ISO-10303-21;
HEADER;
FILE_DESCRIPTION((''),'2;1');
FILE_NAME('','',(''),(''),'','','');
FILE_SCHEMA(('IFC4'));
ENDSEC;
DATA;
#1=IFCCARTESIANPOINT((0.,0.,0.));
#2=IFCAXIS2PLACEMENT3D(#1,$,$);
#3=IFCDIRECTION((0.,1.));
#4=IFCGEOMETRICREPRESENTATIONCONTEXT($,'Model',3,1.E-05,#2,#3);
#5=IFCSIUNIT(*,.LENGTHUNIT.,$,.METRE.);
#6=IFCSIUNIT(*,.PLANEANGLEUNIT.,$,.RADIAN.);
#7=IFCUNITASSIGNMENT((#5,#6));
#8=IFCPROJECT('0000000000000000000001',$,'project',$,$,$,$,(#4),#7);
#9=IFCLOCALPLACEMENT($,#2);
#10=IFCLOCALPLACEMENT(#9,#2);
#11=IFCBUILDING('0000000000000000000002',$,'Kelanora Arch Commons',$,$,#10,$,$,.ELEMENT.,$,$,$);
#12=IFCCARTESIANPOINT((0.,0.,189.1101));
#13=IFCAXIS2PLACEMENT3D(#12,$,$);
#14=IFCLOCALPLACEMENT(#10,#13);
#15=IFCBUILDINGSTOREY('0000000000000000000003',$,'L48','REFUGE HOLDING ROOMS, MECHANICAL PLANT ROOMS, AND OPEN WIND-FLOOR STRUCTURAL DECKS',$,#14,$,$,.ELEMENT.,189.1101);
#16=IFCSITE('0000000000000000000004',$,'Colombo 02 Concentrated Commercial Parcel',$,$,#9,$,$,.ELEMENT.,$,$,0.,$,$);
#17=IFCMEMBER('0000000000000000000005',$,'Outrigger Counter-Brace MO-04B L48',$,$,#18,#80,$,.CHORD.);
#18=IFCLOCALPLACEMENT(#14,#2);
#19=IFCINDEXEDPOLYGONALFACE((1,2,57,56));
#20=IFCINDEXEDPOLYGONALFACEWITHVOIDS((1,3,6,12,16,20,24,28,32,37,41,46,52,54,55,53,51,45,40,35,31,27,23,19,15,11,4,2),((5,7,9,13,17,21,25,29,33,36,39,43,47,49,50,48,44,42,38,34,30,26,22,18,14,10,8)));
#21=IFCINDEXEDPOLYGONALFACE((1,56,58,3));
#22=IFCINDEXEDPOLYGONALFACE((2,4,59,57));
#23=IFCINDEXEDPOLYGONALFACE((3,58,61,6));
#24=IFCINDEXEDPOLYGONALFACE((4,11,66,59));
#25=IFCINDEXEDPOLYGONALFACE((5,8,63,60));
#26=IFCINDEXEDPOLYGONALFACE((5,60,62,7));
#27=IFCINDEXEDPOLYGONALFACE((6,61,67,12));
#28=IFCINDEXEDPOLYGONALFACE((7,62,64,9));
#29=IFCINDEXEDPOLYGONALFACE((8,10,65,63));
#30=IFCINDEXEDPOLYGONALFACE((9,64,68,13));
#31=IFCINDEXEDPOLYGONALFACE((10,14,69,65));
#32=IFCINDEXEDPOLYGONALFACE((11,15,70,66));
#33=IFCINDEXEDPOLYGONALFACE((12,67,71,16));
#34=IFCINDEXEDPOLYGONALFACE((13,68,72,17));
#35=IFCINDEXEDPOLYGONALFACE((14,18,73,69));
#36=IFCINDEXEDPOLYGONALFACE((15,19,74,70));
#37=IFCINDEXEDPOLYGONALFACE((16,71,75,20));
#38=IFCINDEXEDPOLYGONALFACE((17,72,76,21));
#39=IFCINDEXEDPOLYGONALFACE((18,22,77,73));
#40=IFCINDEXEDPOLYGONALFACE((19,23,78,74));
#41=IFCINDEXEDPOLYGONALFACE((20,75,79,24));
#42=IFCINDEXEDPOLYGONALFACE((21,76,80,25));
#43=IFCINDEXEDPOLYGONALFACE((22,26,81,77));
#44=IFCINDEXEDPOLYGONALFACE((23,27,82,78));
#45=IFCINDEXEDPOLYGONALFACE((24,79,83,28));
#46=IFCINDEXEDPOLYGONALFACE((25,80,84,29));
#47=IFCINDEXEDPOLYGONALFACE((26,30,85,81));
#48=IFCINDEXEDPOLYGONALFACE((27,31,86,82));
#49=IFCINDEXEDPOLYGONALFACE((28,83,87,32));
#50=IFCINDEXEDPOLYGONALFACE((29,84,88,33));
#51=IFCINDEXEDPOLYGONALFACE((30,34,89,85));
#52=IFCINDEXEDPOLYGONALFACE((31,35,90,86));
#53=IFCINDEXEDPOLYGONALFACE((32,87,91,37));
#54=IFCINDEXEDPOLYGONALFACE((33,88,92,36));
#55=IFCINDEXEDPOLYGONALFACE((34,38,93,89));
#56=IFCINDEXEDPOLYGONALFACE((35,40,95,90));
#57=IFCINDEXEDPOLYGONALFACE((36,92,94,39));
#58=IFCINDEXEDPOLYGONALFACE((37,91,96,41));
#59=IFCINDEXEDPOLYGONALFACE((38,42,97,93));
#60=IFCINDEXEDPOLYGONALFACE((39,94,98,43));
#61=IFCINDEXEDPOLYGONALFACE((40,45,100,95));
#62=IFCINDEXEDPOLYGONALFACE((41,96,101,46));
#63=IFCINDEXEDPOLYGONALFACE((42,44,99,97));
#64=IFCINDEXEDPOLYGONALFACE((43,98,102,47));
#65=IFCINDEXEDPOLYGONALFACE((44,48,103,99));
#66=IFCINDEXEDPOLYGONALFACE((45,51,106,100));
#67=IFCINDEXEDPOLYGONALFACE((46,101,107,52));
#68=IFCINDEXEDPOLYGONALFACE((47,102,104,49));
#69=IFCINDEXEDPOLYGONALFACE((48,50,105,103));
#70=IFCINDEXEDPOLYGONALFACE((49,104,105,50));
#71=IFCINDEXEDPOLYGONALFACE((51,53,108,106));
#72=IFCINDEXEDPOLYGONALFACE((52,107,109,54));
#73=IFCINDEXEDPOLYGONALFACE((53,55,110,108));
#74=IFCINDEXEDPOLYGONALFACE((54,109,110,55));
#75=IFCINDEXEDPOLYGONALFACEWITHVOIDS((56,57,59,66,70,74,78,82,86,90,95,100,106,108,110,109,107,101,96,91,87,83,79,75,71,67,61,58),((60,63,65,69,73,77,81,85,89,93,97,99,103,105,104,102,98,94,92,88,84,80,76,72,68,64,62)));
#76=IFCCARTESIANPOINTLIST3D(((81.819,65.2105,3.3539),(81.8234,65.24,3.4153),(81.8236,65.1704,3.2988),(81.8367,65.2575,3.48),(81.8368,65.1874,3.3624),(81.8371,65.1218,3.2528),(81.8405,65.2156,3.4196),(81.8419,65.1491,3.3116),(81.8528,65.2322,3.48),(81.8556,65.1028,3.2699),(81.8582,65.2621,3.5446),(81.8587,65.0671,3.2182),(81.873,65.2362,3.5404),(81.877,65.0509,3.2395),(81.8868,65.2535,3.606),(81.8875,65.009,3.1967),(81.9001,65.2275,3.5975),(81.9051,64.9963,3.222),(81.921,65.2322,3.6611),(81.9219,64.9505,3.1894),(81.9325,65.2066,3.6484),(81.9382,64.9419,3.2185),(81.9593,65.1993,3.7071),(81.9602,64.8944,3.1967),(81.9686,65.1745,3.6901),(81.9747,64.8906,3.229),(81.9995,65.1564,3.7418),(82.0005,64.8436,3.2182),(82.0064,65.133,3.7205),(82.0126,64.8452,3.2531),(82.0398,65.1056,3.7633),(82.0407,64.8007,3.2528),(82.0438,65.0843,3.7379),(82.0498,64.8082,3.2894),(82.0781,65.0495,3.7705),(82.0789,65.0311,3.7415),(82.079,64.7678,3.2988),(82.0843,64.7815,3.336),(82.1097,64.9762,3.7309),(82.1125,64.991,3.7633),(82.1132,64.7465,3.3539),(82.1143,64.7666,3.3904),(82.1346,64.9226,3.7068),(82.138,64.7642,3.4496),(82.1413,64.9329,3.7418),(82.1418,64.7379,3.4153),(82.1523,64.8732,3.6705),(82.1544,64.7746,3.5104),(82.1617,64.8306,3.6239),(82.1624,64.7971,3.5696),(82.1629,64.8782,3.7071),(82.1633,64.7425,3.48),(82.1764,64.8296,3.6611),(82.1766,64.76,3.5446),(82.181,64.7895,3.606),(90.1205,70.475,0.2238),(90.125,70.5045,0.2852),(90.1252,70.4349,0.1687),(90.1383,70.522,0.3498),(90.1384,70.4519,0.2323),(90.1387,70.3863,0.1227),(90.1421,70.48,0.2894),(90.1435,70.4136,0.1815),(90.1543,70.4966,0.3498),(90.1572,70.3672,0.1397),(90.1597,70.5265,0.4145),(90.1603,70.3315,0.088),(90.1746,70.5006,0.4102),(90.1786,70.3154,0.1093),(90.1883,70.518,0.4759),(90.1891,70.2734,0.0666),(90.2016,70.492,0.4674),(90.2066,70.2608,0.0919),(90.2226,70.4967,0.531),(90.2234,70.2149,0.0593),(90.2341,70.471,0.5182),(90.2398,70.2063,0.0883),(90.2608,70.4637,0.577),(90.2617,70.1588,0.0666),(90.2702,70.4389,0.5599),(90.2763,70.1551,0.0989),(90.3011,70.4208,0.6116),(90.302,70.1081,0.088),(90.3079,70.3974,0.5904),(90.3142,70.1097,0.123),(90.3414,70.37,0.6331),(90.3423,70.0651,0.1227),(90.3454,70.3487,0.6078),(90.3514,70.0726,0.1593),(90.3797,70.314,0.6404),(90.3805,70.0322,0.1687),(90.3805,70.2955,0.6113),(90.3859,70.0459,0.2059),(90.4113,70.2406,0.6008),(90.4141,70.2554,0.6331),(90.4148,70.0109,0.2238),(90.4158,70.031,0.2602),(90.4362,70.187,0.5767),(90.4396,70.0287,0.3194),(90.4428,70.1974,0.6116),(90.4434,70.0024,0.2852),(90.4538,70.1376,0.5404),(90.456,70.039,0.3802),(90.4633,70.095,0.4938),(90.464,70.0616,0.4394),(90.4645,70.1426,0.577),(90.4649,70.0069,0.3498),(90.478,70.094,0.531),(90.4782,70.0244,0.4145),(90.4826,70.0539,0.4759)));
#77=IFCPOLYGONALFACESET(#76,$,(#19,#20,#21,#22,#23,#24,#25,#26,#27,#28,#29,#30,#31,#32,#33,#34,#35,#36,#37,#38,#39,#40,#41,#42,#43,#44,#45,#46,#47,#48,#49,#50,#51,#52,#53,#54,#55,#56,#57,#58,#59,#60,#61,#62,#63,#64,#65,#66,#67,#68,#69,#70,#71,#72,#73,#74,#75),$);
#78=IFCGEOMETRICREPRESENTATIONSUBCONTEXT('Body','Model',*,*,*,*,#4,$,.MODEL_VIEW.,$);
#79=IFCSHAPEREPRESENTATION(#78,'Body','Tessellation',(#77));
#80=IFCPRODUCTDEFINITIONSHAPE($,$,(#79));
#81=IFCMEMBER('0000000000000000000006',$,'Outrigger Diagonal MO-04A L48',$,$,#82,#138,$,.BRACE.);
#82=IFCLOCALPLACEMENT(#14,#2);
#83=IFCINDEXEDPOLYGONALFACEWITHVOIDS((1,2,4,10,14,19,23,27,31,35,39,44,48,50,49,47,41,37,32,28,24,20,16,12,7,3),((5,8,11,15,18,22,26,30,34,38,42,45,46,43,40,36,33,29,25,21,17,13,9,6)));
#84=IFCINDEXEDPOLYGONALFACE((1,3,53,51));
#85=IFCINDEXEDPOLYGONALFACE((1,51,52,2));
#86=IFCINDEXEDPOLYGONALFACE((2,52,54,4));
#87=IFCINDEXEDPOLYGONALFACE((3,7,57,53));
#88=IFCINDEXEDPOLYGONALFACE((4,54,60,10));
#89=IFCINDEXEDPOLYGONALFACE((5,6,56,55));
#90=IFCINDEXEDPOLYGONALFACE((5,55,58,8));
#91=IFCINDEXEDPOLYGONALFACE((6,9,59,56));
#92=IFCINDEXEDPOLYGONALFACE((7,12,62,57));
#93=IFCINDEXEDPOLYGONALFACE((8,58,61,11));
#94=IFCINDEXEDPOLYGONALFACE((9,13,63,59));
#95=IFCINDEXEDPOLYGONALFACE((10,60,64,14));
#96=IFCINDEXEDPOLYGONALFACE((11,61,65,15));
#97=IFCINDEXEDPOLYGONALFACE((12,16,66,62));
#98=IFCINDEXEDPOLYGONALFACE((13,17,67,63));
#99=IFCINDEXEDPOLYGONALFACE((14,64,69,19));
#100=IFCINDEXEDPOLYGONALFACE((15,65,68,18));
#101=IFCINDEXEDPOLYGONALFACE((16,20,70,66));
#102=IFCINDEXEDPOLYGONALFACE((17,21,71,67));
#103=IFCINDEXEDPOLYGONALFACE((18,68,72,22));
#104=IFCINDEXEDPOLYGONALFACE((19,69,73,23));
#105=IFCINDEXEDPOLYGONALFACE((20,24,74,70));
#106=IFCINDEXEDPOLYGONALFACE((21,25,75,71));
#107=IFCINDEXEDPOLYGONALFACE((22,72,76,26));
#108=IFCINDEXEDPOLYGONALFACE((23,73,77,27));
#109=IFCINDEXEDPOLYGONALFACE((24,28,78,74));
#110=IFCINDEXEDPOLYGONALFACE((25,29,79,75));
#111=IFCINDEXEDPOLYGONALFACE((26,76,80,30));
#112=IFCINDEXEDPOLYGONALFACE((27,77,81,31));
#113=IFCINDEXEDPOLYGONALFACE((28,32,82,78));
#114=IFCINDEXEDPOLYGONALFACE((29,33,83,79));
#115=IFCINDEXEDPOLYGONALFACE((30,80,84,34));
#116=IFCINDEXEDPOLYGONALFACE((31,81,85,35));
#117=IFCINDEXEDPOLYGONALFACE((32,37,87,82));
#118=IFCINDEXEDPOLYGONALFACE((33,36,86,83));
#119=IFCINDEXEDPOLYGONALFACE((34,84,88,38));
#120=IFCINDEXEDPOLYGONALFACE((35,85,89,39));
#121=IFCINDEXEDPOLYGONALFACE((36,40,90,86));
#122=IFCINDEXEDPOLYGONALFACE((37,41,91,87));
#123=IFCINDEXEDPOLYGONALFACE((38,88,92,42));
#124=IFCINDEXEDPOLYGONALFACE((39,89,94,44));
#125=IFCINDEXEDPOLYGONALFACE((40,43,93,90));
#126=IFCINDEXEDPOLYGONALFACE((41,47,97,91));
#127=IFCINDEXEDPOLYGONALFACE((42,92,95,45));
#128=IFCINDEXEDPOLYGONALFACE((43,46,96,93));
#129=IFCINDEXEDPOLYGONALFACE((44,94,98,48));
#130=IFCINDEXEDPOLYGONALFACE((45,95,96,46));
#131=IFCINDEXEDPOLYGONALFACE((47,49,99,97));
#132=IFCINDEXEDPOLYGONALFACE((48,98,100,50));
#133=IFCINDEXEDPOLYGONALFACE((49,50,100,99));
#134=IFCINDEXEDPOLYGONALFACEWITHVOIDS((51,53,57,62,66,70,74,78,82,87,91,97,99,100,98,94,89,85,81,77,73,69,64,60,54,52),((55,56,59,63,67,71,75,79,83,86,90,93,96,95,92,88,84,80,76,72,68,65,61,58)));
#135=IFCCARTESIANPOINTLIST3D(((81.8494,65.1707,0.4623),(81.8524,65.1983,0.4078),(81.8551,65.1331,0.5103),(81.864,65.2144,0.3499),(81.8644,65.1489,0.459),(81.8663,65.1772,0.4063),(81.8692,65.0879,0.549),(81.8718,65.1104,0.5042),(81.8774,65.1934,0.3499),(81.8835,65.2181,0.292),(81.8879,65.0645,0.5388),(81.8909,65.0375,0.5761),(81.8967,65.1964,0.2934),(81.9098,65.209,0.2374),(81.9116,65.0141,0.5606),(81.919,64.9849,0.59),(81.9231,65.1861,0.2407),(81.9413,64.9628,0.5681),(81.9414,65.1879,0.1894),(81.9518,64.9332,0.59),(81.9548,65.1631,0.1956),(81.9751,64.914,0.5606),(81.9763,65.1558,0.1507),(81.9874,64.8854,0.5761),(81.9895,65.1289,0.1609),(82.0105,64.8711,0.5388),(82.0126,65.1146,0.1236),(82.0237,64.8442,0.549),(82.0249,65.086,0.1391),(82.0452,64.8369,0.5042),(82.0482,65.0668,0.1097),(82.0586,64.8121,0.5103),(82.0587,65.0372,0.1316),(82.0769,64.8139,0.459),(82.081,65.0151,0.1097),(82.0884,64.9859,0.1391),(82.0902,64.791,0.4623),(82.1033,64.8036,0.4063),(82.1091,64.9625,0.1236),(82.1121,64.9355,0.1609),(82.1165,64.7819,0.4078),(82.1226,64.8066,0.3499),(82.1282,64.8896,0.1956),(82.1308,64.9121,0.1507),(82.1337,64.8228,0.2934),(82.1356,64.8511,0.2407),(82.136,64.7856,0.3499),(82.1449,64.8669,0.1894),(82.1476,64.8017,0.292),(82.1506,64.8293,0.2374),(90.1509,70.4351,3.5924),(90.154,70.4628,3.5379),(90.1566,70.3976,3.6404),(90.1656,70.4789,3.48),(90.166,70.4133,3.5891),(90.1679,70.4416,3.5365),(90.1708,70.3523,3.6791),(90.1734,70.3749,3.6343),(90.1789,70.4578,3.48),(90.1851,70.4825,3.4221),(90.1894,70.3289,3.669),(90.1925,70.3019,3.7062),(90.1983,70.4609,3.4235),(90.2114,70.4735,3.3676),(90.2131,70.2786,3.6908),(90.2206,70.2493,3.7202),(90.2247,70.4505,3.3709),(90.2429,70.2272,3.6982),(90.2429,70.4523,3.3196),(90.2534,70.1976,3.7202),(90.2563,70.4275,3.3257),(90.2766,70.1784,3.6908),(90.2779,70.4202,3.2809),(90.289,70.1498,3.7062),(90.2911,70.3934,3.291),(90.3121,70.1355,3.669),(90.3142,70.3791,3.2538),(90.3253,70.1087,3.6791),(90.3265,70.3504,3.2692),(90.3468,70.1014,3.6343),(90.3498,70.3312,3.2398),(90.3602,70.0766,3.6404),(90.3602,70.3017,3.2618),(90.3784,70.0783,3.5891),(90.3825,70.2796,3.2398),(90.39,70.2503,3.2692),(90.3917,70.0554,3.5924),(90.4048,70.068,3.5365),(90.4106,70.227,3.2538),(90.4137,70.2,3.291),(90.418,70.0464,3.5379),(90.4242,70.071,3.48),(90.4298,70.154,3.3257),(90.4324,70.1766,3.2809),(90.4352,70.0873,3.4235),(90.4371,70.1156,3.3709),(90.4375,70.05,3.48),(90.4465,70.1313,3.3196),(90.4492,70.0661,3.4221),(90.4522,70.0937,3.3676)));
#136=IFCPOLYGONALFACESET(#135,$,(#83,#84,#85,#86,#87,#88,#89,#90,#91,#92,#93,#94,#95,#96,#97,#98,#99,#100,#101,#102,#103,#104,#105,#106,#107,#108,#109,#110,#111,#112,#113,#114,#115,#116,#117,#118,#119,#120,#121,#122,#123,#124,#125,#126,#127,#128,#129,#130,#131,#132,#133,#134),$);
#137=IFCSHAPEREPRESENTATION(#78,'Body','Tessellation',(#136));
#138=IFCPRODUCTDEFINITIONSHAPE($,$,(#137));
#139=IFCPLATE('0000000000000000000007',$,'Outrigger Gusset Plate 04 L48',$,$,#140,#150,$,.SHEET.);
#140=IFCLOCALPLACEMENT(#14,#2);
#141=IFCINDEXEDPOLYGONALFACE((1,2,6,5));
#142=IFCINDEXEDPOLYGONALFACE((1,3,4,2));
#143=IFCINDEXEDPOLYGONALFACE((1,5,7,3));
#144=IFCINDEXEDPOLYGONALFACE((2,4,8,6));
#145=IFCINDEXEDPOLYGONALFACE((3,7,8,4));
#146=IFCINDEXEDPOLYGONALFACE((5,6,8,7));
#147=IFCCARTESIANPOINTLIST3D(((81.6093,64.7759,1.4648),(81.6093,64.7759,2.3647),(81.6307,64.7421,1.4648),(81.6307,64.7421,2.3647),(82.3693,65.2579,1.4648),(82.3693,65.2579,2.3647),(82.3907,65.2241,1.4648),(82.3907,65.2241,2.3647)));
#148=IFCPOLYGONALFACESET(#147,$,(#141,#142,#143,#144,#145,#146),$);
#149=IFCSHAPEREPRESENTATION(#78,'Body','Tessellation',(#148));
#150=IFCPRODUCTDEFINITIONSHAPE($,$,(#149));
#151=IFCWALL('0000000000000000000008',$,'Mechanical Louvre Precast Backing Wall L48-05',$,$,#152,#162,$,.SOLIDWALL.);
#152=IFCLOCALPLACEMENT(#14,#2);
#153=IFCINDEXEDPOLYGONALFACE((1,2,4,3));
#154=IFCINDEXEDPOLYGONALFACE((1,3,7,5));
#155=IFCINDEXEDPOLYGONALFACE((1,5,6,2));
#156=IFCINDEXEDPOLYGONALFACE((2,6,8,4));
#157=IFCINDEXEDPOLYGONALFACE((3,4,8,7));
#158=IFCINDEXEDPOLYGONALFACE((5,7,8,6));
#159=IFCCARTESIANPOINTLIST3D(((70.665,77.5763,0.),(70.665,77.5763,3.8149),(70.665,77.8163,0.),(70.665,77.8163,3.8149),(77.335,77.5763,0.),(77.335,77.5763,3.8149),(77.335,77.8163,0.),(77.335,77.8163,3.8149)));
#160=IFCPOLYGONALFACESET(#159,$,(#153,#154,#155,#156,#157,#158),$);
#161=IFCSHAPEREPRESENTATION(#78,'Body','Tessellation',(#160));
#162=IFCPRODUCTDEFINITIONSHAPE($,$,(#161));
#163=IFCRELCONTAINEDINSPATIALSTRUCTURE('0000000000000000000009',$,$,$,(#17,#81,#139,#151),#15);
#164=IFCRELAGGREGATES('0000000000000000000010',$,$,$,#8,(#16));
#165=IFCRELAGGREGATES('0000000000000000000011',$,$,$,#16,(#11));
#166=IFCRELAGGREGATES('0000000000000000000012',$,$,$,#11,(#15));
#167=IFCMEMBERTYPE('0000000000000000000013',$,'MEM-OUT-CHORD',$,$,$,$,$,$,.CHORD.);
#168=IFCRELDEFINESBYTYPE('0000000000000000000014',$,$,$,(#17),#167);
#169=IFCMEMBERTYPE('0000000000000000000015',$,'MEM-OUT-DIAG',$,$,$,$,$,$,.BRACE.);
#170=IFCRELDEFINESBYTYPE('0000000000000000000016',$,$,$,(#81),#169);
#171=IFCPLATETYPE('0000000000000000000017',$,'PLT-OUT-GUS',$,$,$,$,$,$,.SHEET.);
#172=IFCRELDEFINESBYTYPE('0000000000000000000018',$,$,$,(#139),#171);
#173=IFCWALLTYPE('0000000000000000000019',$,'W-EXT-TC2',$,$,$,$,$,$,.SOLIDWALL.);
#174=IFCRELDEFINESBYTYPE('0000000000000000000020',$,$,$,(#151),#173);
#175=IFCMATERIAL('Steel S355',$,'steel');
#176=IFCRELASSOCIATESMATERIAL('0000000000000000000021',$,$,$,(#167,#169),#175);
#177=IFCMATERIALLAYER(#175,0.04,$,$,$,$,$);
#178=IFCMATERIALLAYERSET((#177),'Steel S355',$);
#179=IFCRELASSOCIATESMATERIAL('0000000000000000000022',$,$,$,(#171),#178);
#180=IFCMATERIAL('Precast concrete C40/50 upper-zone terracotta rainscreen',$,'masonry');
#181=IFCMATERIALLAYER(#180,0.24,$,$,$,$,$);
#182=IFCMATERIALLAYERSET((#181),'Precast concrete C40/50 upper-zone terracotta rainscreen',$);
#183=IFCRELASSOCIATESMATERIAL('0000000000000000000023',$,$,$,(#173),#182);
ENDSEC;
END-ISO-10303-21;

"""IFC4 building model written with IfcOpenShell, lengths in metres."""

from ifc_helpers import new_model, si_unit, direction, frame, frame_2d, origin, origin_2d, place, context, subcontext, project, spatial, rectangle, hollow_circle, extrude, source, transform, mapped, material, layer, layer_set, material_profile, profile_set, type_object, element, save


model = new_model("IFC4")

# Units and contexts
model_context = context("Model", 3, precision=1e-05, world=origin(), true_north=direction((0.0, 1.0)))
body_context = subcontext(model_context, "Body", "Model", "MODEL_VIEW")
ifc_project = project(units=[si_unit("LENGTHUNIT", "METRE"), si_unit("PLANEANGLEUNIT", "RADIAN")], contexts=[model_context])

# Site, building, storey
site_placement = place(None, origin())
site = spatial("IfcSite", under=ifc_project, at=site_placement, Name="Colombo 02 Concentrated Commercial Parcel", CompositionType="ELEMENT", RefElevation=0.0)
building_placement = place(site_placement, origin())
building = spatial("IfcBuilding", under=site, at=building_placement, Name="Kelanora Arch Commons", CompositionType="ELEMENT")
storey_placement = place(building_placement, frame((0.0, 0.0, 189.1101)))
storey = spatial("IfcBuildingStorey", under=building, at=storey_placement, Name="L48", Description="REFUGE HOLDING ROOMS, MECHANICAL PLANT ROOMS, AND OPEN WIND-FLOOR STRUCTURAL DECKS", CompositionType="ELEMENT", Elevation=189.1101)

# Shared definitions
ifc_material_1 = material(Name="Steel S355", Category="steel")

# Members
ifc_material_profile_1 = material_profile(ifc_material_1, hollow_circle(Radius=0.3049, WallThickness=0.03, at=origin_2d()), Name="CHS610x30")
ifc_profile_set_1 = profile_set([ifc_material_profile_1], Name="Steel S355")
member_type_1 = type_object("IfcMemberType", Name="MEM-OUT-CHORD", PredefinedType="CHORD", material=ifc_profile_set_1)
member_1_placement = place(storey_placement, frame((82.0, 65.0, 3.48), z_axis=(0.804696, 0.510298, -0.303415), x_axis=(-0.535544, 0.844507, 0.0)))
element("IfcMember", 1, at=member_1_placement, inside=storey, type_object=member_type_1, Name="Outrigger Counter-Brace MO-04B L48", PredefinedType="CHORD", context=body_context, shape_type="SweptSolid", body=[
    extrude(hollow_circle(Radius=0.3049, WallThickness=0.03, at=origin_2d()), origin(), (0.0, 0.0, 1.0), 10.3164),
])
ifc_material_profile_2 = material_profile(ifc_material_1, hollow_circle(Radius=0.2539, WallThickness=0.0249, at=origin_2d()), Name="CHS508x25")
ifc_profile_set_2 = profile_set([ifc_material_profile_2], Name="Steel S355")
member_type_2 = type_object("IfcMemberType", Name="MEM-OUT-DIAG", PredefinedType="BRACE", material=ifc_profile_set_2)
member_2_placement = place(storey_placement, frame((82.0, 65.0, 0.3499), z_axis=(0.804696, 0.510298, 0.303415), x_axis=(-0.535544, 0.844507, 0.0)))
element("IfcMember", 2, at=member_2_placement, inside=storey, type_object=member_type_2, Name="Outrigger Diagonal MO-04A L48", PredefinedType="BRACE", context=body_context, shape_type="SweptSolid", body=[
    extrude(hollow_circle(Radius=0.2539, WallThickness=0.0249, at=origin_2d()), origin(), (0.0, 0.0, 1.0), 10.3164),
])

# Plate
ifc_layer_1 = layer(ifc_material_1, 0.04)
ifc_layer_set_1 = layer_set([ifc_layer_1], Name="Steel S355")
plate_type = type_object("IfcPlateType", Name="PLT-OUT-GUS", PredefinedType="SHEET", material=ifc_layer_set_1)
shared_shape_1 = source(origin(), body_context, "Body", "SweptSolid", [
    extrude(rectangle(XDim=0.8999, YDim=0.04, at=origin_2d()), origin(), (0.0, 0.0, 1.0), 0.8999),
])
plate_placement = place(storey_placement, frame((82.0, 65.0, 1.4648), z_axis=(0.0, 0.0, 1.0), x_axis=(0.844504, 0.535549, 0.0)))
element("IfcPlate", 3, at=plate_placement, inside=storey, type_object=plate_type, Name="Outrigger Gusset Plate 04 L48", PredefinedType="SHEET", context=body_context, shape_type="MappedRepresentation", body=[
    mapped(shared_shape_1, transform((0.0, 0.0, 0.0), scale=1.0)),
])

# Wall
ifc_material_2 = material(Name="Precast concrete C40/50 upper-zone terracotta rainscreen", Category="masonry")
ifc_layer_2 = layer(ifc_material_2, 0.24)
ifc_layer_set_2 = layer_set([ifc_layer_2], Name="Precast concrete C40/50 upper-zone terracotta rainscreen")
wall_type = type_object("IfcWallType", Name="W-EXT-TC2", PredefinedType="SOLIDWALL", material=ifc_layer_set_2)
wall_placement = place(storey_placement, frame((77.335, 77.6963, 0.0), z_axis=(0.0, 0.0, 1.0), x_axis=(-1.0, 0.0, 0.0)))
element("IfcWall", 4, at=wall_placement, inside=storey, type_object=wall_type, Name="Mechanical Louvre Precast Backing Wall L48-05", PredefinedType="SOLIDWALL", context=body_context, shape_type="SweptSolid", body=[
    extrude(rectangle(XDim=6.6699, YDim=0.24, at=frame_2d((3.335, 0.0))), origin(), (0.0, 0.0, 1.0), 3.8149),
])

save(model, "model.ifc")
